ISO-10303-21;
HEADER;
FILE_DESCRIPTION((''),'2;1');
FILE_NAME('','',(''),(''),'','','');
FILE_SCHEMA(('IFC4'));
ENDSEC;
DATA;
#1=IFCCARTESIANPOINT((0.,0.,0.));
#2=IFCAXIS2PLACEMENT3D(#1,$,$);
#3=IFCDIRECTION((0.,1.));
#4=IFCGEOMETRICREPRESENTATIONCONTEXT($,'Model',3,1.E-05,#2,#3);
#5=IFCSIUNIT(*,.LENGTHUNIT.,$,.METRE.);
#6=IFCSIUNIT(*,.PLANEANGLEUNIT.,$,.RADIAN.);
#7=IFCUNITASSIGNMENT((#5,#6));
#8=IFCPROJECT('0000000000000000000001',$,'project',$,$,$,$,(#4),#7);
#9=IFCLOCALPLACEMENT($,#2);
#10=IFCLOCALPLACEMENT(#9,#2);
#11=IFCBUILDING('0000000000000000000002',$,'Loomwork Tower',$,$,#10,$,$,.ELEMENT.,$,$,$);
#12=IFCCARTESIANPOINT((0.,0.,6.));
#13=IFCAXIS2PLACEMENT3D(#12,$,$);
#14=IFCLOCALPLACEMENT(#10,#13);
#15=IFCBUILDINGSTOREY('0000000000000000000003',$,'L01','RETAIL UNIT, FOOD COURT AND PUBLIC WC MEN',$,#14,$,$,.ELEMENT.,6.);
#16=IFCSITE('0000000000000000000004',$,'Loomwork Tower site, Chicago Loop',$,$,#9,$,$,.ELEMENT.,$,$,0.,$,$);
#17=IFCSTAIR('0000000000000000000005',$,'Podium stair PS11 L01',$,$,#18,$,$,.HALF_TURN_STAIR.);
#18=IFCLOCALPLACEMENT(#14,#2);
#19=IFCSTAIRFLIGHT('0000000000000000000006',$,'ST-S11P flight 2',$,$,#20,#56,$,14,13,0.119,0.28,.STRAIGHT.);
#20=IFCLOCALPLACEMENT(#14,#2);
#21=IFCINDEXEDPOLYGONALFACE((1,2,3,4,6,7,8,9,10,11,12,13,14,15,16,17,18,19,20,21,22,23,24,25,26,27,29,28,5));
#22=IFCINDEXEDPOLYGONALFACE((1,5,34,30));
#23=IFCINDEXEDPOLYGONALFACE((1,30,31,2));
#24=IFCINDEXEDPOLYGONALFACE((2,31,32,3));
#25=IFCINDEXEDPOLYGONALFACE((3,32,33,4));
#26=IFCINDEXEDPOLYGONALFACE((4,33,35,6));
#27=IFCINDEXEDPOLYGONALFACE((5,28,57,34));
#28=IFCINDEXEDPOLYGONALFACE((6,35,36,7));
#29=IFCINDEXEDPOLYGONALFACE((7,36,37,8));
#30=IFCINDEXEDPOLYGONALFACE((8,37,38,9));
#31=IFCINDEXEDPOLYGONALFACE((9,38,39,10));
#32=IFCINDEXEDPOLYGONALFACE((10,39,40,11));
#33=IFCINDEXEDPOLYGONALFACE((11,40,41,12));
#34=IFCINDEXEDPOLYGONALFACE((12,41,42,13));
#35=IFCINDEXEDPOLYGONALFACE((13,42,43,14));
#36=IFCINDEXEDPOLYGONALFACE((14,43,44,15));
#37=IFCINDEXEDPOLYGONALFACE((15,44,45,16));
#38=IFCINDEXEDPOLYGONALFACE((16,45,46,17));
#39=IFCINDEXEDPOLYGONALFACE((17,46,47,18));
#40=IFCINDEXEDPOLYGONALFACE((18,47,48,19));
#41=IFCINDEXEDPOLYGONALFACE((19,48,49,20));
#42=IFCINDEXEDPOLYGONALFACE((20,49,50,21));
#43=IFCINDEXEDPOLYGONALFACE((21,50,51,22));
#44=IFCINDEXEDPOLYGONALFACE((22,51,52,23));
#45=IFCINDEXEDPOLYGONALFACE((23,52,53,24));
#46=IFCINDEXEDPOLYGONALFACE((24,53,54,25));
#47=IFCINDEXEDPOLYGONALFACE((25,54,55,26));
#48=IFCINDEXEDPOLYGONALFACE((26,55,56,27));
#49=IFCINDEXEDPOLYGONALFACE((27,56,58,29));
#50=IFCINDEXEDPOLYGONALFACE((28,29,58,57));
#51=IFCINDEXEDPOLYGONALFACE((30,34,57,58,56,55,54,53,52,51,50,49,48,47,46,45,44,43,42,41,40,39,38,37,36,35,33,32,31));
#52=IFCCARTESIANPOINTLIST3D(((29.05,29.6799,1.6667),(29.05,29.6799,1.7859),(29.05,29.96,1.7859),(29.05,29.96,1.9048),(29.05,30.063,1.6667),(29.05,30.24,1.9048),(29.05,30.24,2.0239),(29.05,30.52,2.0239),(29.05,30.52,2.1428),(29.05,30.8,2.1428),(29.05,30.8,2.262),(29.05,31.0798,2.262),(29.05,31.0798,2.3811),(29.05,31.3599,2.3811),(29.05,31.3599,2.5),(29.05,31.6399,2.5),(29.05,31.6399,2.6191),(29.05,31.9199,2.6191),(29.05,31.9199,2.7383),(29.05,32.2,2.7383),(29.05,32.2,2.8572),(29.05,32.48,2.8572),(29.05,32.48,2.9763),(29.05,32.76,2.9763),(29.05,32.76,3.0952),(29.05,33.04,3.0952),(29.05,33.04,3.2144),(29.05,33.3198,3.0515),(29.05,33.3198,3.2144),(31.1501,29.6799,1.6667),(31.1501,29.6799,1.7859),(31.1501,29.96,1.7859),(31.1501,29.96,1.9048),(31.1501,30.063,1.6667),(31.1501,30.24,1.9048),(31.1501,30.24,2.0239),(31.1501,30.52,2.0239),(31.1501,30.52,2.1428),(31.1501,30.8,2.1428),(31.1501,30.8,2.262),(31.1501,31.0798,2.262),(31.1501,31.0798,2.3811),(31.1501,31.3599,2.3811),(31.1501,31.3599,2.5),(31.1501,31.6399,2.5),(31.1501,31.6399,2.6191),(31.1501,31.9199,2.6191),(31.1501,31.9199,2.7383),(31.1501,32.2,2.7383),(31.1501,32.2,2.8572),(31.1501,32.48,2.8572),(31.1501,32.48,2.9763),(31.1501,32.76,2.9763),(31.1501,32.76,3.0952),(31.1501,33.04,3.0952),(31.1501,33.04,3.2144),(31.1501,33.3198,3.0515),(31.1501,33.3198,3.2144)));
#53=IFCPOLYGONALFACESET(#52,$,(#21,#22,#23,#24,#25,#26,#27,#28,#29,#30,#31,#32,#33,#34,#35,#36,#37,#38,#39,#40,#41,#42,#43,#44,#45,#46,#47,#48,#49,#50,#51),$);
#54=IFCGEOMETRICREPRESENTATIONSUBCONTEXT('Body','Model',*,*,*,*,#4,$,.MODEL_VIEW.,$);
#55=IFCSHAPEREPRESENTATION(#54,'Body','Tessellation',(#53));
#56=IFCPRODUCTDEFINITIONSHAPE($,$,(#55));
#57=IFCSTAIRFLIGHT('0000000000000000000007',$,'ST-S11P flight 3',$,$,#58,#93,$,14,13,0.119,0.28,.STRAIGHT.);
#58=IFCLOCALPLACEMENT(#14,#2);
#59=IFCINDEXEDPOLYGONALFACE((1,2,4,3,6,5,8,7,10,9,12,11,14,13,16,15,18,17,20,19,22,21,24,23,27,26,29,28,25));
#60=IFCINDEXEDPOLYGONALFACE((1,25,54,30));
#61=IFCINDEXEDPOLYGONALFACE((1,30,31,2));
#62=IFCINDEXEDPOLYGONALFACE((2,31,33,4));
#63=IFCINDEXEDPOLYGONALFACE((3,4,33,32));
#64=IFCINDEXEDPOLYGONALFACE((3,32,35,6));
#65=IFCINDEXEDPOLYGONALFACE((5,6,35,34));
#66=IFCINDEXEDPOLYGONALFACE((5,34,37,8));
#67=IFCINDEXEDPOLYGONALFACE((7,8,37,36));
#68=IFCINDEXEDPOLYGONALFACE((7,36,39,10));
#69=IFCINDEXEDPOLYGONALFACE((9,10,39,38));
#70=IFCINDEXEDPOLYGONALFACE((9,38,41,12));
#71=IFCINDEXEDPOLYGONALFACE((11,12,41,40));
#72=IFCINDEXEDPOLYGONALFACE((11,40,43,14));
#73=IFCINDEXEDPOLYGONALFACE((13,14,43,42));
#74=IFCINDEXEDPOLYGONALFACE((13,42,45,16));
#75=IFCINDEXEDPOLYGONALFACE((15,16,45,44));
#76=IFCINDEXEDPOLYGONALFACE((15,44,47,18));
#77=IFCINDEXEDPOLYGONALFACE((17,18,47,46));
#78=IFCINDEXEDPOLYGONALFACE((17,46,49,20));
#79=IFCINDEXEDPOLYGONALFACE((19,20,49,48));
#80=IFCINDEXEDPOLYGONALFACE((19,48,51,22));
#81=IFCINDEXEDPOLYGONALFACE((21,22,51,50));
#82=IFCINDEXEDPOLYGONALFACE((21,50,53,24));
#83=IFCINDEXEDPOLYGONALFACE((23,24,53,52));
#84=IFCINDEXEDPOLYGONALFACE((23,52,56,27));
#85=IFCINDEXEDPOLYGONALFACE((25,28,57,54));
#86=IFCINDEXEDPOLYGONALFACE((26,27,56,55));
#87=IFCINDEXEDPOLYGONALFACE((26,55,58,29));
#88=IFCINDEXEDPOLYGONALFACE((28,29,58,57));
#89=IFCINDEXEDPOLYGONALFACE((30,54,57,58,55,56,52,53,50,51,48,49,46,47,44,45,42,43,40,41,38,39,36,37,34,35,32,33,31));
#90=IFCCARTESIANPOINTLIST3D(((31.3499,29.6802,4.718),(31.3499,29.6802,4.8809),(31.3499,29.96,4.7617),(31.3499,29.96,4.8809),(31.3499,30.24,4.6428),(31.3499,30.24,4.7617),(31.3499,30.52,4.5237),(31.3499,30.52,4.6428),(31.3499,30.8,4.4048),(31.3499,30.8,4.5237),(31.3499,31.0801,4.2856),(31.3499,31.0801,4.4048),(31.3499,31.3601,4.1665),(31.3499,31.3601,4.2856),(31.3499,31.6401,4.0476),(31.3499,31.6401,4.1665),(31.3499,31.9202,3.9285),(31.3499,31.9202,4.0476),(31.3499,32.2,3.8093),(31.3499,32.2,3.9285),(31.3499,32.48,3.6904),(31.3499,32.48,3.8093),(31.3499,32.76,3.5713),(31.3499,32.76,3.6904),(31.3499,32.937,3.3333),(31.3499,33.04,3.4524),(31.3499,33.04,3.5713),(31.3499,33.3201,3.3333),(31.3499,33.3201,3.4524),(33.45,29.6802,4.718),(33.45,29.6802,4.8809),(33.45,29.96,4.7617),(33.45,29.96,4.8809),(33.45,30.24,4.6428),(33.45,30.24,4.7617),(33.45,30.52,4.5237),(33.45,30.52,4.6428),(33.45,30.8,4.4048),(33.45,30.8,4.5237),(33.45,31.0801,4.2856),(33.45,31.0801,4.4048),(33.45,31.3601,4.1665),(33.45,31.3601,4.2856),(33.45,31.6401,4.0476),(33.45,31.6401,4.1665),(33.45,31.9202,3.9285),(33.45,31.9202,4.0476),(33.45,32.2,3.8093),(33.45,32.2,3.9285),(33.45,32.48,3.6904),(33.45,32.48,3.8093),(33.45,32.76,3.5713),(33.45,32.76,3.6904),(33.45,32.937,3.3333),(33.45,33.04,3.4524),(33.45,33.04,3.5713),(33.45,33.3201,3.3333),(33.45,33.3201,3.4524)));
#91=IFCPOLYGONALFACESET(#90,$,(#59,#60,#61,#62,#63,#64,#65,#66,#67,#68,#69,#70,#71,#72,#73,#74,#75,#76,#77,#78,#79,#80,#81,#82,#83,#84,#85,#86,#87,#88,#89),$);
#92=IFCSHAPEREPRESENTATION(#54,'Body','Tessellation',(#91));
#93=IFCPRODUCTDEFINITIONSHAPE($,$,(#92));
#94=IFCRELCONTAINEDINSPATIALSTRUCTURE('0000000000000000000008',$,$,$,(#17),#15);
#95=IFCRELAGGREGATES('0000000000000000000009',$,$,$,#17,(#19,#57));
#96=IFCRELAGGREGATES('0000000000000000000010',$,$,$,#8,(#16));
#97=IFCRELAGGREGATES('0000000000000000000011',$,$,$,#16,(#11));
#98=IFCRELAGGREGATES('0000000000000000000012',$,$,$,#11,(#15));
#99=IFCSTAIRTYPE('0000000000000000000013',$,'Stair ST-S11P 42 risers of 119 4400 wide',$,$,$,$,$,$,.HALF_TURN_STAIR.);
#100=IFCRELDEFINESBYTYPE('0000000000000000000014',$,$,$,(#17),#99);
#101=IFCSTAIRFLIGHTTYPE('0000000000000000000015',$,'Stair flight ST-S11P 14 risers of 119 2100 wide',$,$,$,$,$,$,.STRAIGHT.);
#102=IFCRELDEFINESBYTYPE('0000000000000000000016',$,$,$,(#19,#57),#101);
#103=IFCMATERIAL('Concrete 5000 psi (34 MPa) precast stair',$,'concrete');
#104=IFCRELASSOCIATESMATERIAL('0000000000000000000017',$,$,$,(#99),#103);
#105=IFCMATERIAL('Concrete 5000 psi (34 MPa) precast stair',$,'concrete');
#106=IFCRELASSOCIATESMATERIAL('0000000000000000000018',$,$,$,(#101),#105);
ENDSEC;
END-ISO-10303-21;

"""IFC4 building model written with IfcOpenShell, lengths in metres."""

from ifc_helpers import new_model, si_unit, direction, frame, origin, place, context, subcontext, project, spatial, polyline, outline, extrude, material, type_object, element, aggregate, save


model = new_model("IFC4")

# Units and contexts
model_context = context("Model", 3, precision=1e-05, world=origin(), true_north=direction((0.0, 1.0)))
body_context = subcontext(model_context, "Body", "Model", "MODEL_VIEW")
ifc_project = project(units=[si_unit("LENGTHUNIT", "METRE"), si_unit("PLANEANGLEUNIT", "RADIAN")], contexts=[model_context])

# Site, building, storey
site_placement = place(None, origin())
site = spatial("IfcSite", under=ifc_project, at=site_placement, Name="Loomwork Tower site, Chicago Loop", CompositionType="ELEMENT", RefElevation=0.0)
building_placement = place(site_placement, origin())
building = spatial("IfcBuilding", under=site, at=building_placement, Name="Loomwork Tower", CompositionType="ELEMENT")
storey_placement = place(building_placement, frame((0.0, 0.0, 6.0)))
storey = spatial("IfcBuildingStorey", under=building, at=storey_placement, Name="L01", Description="RETAIL UNIT, FOOD COURT AND PUBLIC WC MEN", CompositionType="ELEMENT", Elevation=6.0)

# Stair, stair flights
ifc_material_1 = material(Name="Concrete 5000 psi (34 MPa) precast stair", Category="concrete")
stair_type = type_object("IfcStairType", Name="Stair ST-S11P 42 risers of 119 4400 wide", PredefinedType="HALF_TURN_STAIR", material=ifc_material_1)
stair_placement = place(storey_placement, origin())
stair = element("IfcStair", 1, at=stair_placement, inside=storey, type_object=stair_type, Name="Podium stair PS11 L01", PredefinedType="HALF_TURN_STAIR")
ifc_material_2 = material(Name="Concrete 5000 psi (34 MPa) precast stair", Category="concrete")
stair_flight_type = type_object("IfcStairFlightType", Name="Stair flight ST-S11P 14 risers of 119 2100 wide", PredefinedType="STRAIGHT", material=ifc_material_2)
stair_flight_1_placement = place(storey_placement, frame((30.1001, 29.6799, 1.6667), z_axis=(0.0, 0.0, 1.0), x_axis=(0.0, 1.0, 0.0)))
stair_flight_1 = element("IfcStairFlight", 2, at=stair_flight_1_placement, type_object=stair_flight_type, Name="ST-S11P flight 2", NumberOfRisers=14, NumberOfTreads=13, PredefinedType="STRAIGHT", RiserHeight=0.119, TreadLength=0.28, context=body_context, shape_type="SweptSolid", body=[
    extrude(outline(polyline([(0.0, 0.0), (0.0, 0.1191), (0.28, 0.1191), (0.28, 0.238), (0.5601, 0.238), (0.5601, 0.3572), (0.8401, 0.3572), (0.8401, 0.4761), (1.1201, 0.4761), (1.1201, 0.5952), (1.3999, 0.5952), (1.3999, 0.7144), (1.6799, 0.7144), (1.6799, 0.8333), (1.96, 0.8333), (1.96, 0.9524), (2.24, 0.9524), (2.24, 1.0715), (2.52, 1.0715), (2.52, 1.1904), (2.8, 1.1904), (2.8, 1.3096), (3.0801, 1.3096), (3.0801, 1.4285), (3.3601, 1.4285), (3.3601, 1.5476), (3.6399, 1.5476), (3.6399, 1.6667), (3.6399, 1.3848), (0.3831, 0.0), (0.0, 0.0)])), frame((0.0, 1.05, 0.0), z_axis=(0.0, -1.0, 0.0), x_axis=(1.0, 0.0, 0.0)), (0.0, 0.0, 1.0), 2.1001),
])
stair_flight_2_placement = place(storey_placement, frame((32.3999, 33.3201, 3.3333), z_axis=(0.0, 0.0, 1.0), x_axis=(0.0, -1.0, 0.0)))
stair_flight_2 = element("IfcStairFlight", 3, at=stair_flight_2_placement, type_object=stair_flight_type, Name="ST-S11P flight 3", NumberOfRisers=14, NumberOfTreads=13, PredefinedType="STRAIGHT", RiserHeight=0.119, TreadLength=0.28, context=body_context, shape_type="SweptSolid", body=[
    extrude(outline(polyline([(0.0, 0.0), (0.0, 0.1191), (0.28, 0.1191), (0.28, 0.238), (0.5601, 0.238), (0.5601, 0.3572), (0.8401, 0.3572), (0.8401, 0.4761), (1.1201, 0.4761), (1.1201, 0.5952), (1.3999, 0.5952), (1.3999, 0.7144), (1.6799, 0.7144), (1.6799, 0.8333), (1.96, 0.8333), (1.96, 0.9524), (2.24, 0.9524), (2.24, 1.0715), (2.52, 1.0715), (2.52, 1.1904), (2.8, 1.1904), (2.8, 1.3096), (3.0801, 1.3096), (3.0801, 1.4285), (3.3601, 1.4285), (3.3601, 1.5476), (3.6399, 1.5476), (3.6399, 1.6667), (3.6399, 1.3848), (0.3831, 0.0), (0.0, 0.0)])), frame((0.0, 1.05, 0.0), z_axis=(0.0, -1.0, 0.0), x_axis=(1.0, 0.0, 0.0)), (0.0, 0.0, 1.0), 2.1001),
])
aggregate(stair, [stair_flight_1, stair_flight_2])

save(model, "model.ifc")
